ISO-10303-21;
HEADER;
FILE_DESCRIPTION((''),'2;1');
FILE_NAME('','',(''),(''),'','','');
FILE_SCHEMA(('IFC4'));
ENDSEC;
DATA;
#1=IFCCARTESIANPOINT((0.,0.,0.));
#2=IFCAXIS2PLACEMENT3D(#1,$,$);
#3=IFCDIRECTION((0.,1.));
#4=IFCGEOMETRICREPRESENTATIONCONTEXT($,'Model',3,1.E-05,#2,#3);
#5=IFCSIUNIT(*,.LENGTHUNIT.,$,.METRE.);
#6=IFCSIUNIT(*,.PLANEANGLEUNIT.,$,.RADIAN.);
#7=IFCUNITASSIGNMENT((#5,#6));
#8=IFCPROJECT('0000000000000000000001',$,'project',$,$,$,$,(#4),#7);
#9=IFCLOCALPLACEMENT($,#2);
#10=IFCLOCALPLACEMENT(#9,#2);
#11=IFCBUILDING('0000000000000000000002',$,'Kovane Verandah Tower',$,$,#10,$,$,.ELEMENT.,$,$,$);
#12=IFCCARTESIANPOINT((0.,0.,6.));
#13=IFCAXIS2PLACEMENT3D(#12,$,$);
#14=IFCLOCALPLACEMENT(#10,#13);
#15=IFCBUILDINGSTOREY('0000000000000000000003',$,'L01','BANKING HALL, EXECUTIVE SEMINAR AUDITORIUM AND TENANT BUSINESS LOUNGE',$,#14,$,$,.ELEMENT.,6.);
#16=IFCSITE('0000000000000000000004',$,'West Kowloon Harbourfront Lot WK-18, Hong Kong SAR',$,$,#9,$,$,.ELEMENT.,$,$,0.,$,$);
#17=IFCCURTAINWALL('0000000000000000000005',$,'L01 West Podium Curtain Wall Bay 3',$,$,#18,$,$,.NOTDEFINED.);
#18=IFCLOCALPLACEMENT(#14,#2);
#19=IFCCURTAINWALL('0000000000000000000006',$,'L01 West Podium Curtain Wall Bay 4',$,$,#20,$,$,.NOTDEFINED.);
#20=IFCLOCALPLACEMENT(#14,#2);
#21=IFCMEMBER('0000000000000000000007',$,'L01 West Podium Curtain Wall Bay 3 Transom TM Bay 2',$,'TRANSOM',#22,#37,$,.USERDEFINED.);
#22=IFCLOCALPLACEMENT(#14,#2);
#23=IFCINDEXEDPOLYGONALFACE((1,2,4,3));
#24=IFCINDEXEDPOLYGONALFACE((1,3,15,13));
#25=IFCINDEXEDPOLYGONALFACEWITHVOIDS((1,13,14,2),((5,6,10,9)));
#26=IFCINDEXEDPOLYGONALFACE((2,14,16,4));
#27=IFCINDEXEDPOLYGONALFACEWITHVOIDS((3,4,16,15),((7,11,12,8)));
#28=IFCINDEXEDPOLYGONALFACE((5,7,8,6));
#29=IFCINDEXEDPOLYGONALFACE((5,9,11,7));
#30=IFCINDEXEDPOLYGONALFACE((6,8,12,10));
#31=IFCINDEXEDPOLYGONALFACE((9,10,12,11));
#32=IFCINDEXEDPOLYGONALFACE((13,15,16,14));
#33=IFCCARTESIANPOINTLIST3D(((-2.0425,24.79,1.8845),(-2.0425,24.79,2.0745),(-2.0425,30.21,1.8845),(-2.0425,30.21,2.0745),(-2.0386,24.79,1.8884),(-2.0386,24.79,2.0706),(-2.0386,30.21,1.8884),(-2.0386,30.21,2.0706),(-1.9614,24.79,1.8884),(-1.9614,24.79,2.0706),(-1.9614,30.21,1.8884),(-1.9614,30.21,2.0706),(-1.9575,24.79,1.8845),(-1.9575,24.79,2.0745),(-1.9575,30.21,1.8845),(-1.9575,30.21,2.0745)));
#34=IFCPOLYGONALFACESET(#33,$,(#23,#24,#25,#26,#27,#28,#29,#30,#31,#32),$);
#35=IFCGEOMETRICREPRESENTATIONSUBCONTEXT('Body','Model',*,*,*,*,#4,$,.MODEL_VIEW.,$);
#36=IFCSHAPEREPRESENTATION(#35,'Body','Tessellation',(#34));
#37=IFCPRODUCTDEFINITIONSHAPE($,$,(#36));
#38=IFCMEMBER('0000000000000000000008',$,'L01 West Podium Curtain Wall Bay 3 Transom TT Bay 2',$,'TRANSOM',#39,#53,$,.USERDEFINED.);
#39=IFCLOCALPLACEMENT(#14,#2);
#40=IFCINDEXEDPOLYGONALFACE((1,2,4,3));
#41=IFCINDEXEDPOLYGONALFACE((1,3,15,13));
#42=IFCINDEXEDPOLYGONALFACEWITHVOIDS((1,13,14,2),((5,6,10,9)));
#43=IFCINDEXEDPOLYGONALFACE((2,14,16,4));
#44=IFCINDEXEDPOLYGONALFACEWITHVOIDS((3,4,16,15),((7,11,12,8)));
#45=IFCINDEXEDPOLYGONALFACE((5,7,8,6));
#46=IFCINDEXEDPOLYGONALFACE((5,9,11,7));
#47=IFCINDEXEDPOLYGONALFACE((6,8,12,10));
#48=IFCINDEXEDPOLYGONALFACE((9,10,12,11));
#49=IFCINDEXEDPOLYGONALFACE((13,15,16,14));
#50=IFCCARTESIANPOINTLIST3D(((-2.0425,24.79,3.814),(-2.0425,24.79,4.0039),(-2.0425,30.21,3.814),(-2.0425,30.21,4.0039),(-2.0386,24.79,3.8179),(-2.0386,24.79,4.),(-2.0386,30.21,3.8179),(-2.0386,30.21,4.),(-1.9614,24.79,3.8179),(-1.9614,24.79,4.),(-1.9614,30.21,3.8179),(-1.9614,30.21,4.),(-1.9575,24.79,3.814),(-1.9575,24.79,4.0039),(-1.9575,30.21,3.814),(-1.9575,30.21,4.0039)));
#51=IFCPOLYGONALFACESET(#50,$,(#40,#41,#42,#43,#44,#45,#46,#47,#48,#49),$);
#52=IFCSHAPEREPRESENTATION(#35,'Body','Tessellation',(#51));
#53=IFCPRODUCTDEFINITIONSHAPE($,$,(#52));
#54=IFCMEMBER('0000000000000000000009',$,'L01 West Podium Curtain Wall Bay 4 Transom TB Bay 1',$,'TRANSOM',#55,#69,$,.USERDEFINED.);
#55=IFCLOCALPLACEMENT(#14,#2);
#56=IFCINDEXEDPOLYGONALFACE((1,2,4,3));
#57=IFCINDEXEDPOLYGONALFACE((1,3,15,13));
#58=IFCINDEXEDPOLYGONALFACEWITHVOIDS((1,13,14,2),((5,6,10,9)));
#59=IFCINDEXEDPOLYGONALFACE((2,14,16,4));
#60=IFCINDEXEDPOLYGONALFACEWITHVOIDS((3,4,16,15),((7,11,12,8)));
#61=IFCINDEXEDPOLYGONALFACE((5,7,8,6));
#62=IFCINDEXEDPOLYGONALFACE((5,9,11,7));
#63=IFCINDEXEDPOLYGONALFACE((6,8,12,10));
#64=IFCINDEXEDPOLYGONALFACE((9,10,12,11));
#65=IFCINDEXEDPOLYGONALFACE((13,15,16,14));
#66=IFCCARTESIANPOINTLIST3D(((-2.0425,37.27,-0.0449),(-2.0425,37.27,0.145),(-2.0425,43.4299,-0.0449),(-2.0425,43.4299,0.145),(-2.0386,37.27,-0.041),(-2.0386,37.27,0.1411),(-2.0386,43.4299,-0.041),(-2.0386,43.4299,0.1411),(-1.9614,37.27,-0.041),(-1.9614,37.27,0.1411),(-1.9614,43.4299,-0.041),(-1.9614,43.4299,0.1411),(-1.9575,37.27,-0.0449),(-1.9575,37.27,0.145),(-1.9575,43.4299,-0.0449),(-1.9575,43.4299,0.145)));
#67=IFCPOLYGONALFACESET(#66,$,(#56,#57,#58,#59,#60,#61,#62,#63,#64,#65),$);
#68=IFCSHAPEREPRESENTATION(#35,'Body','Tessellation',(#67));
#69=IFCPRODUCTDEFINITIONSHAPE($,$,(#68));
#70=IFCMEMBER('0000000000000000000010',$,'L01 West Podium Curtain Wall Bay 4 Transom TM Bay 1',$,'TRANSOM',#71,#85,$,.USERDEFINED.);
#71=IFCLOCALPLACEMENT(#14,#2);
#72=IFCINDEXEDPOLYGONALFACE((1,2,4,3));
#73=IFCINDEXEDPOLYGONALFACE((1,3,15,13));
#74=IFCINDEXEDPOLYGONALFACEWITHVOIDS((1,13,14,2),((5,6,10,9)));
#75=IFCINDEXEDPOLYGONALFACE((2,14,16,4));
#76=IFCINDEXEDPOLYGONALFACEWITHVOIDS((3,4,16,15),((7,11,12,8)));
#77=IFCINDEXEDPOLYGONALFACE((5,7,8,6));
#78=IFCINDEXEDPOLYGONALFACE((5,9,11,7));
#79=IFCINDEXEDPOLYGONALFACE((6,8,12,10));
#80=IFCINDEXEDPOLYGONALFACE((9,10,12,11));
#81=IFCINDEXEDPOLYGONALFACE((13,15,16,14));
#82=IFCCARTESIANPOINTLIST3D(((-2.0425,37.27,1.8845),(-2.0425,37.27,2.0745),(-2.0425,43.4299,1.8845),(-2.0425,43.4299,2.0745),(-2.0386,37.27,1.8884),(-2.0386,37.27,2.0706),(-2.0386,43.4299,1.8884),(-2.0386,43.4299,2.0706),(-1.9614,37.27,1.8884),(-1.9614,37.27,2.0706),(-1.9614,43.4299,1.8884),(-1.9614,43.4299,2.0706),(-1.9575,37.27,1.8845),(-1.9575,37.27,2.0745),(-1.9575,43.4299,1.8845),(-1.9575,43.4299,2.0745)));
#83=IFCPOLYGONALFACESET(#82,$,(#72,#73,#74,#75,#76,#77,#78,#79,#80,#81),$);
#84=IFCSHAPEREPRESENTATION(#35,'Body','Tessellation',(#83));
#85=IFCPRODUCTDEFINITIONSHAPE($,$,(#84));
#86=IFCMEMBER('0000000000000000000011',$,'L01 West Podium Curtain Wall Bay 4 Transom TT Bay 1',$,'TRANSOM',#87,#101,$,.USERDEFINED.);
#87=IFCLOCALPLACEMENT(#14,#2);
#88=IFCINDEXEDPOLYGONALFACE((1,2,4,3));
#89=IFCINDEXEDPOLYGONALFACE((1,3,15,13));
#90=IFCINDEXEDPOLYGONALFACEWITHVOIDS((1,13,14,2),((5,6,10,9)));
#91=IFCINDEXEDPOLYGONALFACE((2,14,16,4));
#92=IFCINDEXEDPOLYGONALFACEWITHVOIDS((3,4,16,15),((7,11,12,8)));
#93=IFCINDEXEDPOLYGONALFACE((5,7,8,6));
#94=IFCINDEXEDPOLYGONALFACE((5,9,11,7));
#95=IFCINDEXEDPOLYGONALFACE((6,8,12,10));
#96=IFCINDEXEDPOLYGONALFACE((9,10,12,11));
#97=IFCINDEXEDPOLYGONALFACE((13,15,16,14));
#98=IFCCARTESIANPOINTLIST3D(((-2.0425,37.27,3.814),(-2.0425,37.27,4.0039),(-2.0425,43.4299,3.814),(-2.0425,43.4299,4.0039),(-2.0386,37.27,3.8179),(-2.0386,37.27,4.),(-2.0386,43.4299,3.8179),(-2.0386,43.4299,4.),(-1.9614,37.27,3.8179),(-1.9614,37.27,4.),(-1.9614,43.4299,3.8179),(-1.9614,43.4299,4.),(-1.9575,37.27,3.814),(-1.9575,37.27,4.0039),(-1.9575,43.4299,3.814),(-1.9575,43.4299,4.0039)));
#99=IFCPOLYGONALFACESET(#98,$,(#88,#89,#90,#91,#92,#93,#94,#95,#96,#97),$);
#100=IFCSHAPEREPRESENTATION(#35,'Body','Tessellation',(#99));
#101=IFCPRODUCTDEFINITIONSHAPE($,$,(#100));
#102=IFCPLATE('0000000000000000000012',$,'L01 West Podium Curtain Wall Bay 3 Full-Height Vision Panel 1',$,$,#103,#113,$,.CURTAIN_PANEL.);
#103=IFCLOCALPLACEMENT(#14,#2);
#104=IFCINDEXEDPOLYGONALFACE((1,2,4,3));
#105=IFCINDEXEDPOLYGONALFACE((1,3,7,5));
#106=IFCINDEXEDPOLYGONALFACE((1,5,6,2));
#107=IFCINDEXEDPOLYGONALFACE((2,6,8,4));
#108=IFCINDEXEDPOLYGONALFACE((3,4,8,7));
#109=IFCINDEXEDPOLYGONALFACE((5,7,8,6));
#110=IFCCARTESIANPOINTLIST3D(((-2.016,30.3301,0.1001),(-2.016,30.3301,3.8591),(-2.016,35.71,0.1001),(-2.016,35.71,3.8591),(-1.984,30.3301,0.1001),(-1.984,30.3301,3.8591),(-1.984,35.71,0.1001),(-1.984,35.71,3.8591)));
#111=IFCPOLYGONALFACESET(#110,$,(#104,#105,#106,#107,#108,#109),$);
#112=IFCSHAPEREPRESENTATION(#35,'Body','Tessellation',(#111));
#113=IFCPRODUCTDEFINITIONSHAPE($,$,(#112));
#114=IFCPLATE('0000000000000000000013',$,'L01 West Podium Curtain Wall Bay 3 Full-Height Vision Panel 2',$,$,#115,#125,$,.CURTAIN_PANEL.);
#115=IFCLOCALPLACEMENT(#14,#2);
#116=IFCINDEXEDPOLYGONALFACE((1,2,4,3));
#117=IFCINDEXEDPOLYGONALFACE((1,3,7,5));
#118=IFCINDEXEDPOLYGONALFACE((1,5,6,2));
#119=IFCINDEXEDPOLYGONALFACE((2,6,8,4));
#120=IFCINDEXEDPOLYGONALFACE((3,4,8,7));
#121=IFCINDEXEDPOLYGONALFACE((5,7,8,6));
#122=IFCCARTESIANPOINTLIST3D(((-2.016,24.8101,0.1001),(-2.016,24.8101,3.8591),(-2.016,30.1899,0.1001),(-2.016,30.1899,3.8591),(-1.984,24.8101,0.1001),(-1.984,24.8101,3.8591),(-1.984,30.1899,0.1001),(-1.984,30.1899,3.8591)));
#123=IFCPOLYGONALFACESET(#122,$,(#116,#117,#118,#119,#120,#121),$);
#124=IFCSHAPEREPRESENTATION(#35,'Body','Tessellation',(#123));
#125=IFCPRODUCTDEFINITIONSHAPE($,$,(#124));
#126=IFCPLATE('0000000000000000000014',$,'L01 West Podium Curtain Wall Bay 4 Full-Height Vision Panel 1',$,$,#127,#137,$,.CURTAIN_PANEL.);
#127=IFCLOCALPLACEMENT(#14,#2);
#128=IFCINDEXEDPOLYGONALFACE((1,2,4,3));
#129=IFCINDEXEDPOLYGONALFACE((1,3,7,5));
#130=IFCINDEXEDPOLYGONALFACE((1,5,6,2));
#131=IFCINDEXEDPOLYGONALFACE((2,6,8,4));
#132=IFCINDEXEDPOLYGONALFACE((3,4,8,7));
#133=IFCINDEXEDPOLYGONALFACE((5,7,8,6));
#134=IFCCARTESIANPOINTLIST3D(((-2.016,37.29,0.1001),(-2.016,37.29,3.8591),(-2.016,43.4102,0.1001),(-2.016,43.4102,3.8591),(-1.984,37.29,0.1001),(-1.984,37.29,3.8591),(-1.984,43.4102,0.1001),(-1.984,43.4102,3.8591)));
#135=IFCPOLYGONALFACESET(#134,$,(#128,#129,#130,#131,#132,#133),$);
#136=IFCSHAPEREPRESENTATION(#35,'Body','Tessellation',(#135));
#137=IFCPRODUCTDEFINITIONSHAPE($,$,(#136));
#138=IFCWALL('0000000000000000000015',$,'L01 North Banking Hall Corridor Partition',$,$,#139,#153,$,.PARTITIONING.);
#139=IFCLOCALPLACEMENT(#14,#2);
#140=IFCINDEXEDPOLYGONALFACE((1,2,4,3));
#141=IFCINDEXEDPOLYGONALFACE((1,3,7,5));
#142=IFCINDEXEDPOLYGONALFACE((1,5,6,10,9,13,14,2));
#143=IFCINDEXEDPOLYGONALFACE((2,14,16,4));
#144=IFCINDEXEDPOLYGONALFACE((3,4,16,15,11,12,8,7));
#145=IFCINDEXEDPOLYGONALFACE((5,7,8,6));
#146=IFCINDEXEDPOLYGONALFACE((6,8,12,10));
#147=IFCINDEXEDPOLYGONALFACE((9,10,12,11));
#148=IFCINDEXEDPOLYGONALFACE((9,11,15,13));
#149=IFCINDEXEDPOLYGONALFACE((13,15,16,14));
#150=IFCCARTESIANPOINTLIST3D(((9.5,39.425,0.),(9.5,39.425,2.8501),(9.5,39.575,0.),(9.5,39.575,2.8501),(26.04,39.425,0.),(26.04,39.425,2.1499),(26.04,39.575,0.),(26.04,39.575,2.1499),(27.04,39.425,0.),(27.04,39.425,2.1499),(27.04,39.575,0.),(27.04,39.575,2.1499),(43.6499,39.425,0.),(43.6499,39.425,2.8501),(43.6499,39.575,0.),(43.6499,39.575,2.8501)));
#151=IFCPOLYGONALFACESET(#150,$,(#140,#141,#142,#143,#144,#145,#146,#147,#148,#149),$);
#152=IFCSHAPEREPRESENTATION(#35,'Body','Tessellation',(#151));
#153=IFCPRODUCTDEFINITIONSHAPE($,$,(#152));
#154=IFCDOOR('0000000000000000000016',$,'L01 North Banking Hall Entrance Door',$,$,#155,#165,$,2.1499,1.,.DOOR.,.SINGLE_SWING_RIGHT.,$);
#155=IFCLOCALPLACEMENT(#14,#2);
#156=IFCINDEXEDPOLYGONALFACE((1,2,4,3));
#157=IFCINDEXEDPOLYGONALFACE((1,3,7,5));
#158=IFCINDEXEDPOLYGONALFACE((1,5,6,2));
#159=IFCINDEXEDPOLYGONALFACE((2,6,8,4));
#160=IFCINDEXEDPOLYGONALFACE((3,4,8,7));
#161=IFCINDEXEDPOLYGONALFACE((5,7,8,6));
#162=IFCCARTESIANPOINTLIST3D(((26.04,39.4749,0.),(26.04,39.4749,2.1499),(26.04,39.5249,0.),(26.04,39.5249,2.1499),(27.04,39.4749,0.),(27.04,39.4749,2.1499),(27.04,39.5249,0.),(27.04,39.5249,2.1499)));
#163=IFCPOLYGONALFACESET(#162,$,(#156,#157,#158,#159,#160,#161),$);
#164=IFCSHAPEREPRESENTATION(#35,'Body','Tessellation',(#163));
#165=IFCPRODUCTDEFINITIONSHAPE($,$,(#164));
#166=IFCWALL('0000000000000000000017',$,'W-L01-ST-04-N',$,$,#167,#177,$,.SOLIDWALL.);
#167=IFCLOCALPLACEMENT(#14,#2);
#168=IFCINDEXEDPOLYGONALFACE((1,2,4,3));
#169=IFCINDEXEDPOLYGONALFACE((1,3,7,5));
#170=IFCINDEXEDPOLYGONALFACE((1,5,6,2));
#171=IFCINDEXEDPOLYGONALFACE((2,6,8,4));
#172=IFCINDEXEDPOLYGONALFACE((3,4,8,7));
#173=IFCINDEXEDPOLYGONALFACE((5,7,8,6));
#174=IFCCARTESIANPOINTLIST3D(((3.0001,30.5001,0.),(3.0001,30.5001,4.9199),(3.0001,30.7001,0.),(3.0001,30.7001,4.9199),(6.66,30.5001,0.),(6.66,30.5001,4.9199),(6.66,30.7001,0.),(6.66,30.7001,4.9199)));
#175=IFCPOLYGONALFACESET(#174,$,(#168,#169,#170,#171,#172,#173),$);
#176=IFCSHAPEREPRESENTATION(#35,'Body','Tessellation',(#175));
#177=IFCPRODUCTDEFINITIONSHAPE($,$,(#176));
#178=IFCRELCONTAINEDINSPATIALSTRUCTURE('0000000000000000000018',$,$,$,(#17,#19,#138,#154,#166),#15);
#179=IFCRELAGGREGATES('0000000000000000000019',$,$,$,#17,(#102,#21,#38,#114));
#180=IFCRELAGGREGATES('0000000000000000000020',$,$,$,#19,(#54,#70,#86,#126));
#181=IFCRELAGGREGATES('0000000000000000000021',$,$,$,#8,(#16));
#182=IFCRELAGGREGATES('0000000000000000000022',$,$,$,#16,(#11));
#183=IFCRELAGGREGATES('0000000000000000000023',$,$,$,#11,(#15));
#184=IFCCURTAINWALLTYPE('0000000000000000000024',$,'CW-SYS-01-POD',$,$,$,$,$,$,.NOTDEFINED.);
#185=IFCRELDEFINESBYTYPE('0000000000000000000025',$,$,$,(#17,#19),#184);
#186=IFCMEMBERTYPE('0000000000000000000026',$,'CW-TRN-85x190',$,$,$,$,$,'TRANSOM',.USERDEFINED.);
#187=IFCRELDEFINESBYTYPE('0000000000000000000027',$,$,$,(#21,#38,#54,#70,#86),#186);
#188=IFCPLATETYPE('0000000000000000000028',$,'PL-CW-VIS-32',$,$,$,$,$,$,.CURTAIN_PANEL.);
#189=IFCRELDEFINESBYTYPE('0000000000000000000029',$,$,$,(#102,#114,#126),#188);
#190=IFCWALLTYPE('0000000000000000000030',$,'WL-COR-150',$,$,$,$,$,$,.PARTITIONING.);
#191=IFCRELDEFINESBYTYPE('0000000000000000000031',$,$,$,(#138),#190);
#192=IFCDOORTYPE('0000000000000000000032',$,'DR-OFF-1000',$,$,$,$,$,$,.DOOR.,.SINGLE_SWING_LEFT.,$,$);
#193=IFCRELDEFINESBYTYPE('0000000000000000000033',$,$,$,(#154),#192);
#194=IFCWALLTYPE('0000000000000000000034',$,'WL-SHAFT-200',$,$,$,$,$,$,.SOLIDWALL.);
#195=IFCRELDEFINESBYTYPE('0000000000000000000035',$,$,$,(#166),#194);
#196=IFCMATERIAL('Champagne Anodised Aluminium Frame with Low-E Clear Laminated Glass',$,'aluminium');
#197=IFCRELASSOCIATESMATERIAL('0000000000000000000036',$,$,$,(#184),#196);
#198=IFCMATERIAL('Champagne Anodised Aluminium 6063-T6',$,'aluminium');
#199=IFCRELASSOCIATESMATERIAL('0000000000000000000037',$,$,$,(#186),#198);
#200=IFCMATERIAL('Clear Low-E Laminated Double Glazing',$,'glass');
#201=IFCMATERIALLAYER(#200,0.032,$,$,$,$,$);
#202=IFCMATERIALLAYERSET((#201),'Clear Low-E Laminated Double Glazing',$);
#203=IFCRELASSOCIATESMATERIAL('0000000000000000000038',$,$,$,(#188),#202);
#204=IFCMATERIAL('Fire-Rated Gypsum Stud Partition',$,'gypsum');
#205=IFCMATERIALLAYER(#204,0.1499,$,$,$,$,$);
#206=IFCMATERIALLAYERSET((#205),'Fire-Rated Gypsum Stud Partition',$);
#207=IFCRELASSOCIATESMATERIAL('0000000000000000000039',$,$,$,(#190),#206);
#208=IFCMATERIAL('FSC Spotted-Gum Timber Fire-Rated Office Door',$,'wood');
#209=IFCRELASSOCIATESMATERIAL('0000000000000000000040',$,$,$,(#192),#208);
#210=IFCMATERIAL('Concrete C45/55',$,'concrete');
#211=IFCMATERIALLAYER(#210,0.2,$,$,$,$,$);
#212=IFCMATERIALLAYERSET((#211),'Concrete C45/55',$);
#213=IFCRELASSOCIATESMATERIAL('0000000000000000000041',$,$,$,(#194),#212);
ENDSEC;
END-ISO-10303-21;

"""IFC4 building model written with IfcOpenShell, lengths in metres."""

from ifc_helpers import new_model, si_unit, direction, frame, frame_2d, origin, origin_2d, place, context, subcontext, project, spatial, rectangle, hollow_rectangle, extrude, material, layer, layer_set, material_profile, profile_set, type_object, element, fill, aggregate, save


model = new_model("IFC4")

# Units and contexts
model_context = context("Model", 3, precision=1e-05, world=origin(), true_north=direction((0.0, 1.0)))
body_context = subcontext(model_context, "Body", "Model", "MODEL_VIEW")
ifc_project = project(units=[si_unit("LENGTHUNIT", "METRE"), si_unit("PLANEANGLEUNIT", "RADIAN")], contexts=[model_context])

# Site, building, storey
site_placement = place(None, origin())
site = spatial("IfcSite", under=ifc_project, at=site_placement, Name="West Kowloon Harbourfront Lot WK-18, Hong Kong SAR", CompositionType="ELEMENT", RefElevation=0.0)
building_placement = place(site_placement, origin())
building = spatial("IfcBuilding", under=site, at=building_placement, Name="Kovane Verandah Tower", CompositionType="ELEMENT")
storey_placement = place(building_placement, frame((0.0, 0.0, 6.0)))
storey = spatial("IfcBuildingStorey", under=building, at=storey_placement, Name="L01", Description="BANKING HALL, EXECUTIVE SEMINAR AUDITORIUM AND TENANT BUSINESS LOUNGE", CompositionType="ELEMENT", Elevation=6.0)

# Curtain walls
ifc_material_1 = material(Name="Champagne Anodised Aluminium Frame with Low-E Clear Laminated Glass", Category="aluminium")
curtain_wall_type = type_object("IfcCurtainWallType", Name="CW-SYS-01-POD", PredefinedType="NOTDEFINED", material=ifc_material_1)
curtain_wall_1_placement = place(storey_placement, origin())
curtain_wall_1 = element("IfcCurtainWall", 1, at=curtain_wall_1_placement, inside=storey, type_object=curtain_wall_type, Name="L01 West Podium Curtain Wall Bay 3", PredefinedType="NOTDEFINED")
ifc_material_2 = material(Name="Champagne Anodised Aluminium 6063-T6", Category="aluminium")
curtain_wall_2_placement = place(storey_placement, origin())
curtain_wall_2 = element("IfcCurtainWall", 2, at=curtain_wall_2_placement, inside=storey, type_object=curtain_wall_type, Name="L01 West Podium Curtain Wall Bay 4", PredefinedType="NOTDEFINED")

# Members
ifc_material_profile_1 = material_profile(ifc_material_2, hollow_rectangle(XDim=0.085, YDim=0.1899, WallThickness=0.0039, at=origin_2d()), Name="AL85x190x4")
ifc_profile_set_1 = profile_set([ifc_material_profile_1], Name="Champagne Anodised Aluminium 6063-T6")
member_type_1 = type_object("IfcMemberType", Name="CW-TRN-85x190", ElementType="TRANSOM", PredefinedType="USERDEFINED", material=ifc_profile_set_1)
member_1_placement = place(storey_placement, frame((-2.0, 30.21, 1.9795), z_axis=(0.0, -1.0, 0.0), x_axis=(1.0, 0.0, 0.0)))
member_1 = element("IfcMember", 3, at=member_1_placement, type_object=member_type_1, Name="L01 West Podium Curtain Wall Bay 3 Transom TM Bay 2", ObjectType="TRANSOM", PredefinedType="USERDEFINED", context=body_context, shape_type="SweptSolid", body=[
    extrude(hollow_rectangle(XDim=0.085, YDim=0.1899, WallThickness=0.0039, at=origin_2d()), origin(), (0.0, 0.0, 1.0), 5.4199),
])
member_2_placement = place(storey_placement, frame((-2.0, 30.21, 3.9089), z_axis=(0.0, -1.0, 0.0), x_axis=(1.0, 0.0, 0.0)))
member_2 = element("IfcMember", 4, at=member_2_placement, type_object=member_type_1, Name="L01 West Podium Curtain Wall Bay 3 Transom TT Bay 2", ObjectType="TRANSOM", PredefinedType="USERDEFINED", context=body_context, shape_type="SweptSolid", body=[
    extrude(hollow_rectangle(XDim=0.085, YDim=0.1899, WallThickness=0.0039, at=origin_2d()), origin(), (0.0, 0.0, 1.0), 5.4199),
])
member_3_placement = place(storey_placement, frame((-2.0, 43.4299, 0.05), z_axis=(0.0, -1.0, 0.0), x_axis=(1.0, 0.0, 0.0)))
member_3 = element("IfcMember", 5, at=member_3_placement, type_object=member_type_1, Name="L01 West Podium Curtain Wall Bay 4 Transom TB Bay 1", ObjectType="TRANSOM", PredefinedType="USERDEFINED", context=body_context, shape_type="SweptSolid", body=[
    extrude(hollow_rectangle(XDim=0.085, YDim=0.1899, WallThickness=0.0039, at=origin_2d()), origin(), (0.0, 0.0, 1.0), 6.1599),
])
member_4_placement = place(storey_placement, frame((-2.0, 43.4299, 1.9795), z_axis=(0.0, -1.0, 0.0), x_axis=(1.0, 0.0, 0.0)))
member_4 = element("IfcMember", 6, at=member_4_placement, type_object=member_type_1, Name="L01 West Podium Curtain Wall Bay 4 Transom TM Bay 1", ObjectType="TRANSOM", PredefinedType="USERDEFINED", context=body_context, shape_type="SweptSolid", body=[
    extrude(hollow_rectangle(XDim=0.085, YDim=0.1899, WallThickness=0.0039, at=origin_2d()), origin(), (0.0, 0.0, 1.0), 6.1599),
])
member_5_placement = place(storey_placement, frame((-2.0, 43.4299, 3.9089), z_axis=(0.0, -1.0, 0.0), x_axis=(1.0, 0.0, 0.0)))
member_5 = element("IfcMember", 7, at=member_5_placement, type_object=member_type_1, Name="L01 West Podium Curtain Wall Bay 4 Transom TT Bay 1", ObjectType="TRANSOM", PredefinedType="USERDEFINED", context=body_context, shape_type="SweptSolid", body=[
    extrude(hollow_rectangle(XDim=0.085, YDim=0.1899, WallThickness=0.0039, at=origin_2d()), origin(), (0.0, 0.0, 1.0), 6.1599),
])

# Plates
ifc_material_3 = material(Name="Clear Low-E Laminated Double Glazing", Category="glass")
ifc_layer_1 = layer(ifc_material_3, 0.032)
ifc_layer_set_1 = layer_set([ifc_layer_1], Name="Clear Low-E Laminated Double Glazing")
plate_type = type_object("IfcPlateType", Name="PL-CW-VIS-32", PredefinedType="CURTAIN_PANEL", material=ifc_layer_set_1)
plate_1_placement = place(storey_placement, frame((-2.0, 33.02, 0.1001), z_axis=(0.0, 0.0, 1.0), x_axis=(0.0, -1.0, 0.0)))
plate_1 = element("IfcPlate", 8, at=plate_1_placement, type_object=plate_type, Name="L01 West Podium Curtain Wall Bay 3 Full-Height Vision Panel 1", PredefinedType="CURTAIN_PANEL", context=body_context, shape_type="SweptSolid", body=[
    extrude(rectangle(XDim=5.3799, YDim=0.032, at=origin_2d()), origin(), (0.0, 0.0, 1.0), 3.759),
])
plate_2_placement = place(storey_placement, frame((-2.0, 27.5, 0.1001), z_axis=(0.0, 0.0, 1.0), x_axis=(0.0, -1.0, 0.0)))
plate_2 = element("IfcPlate", 9, at=plate_2_placement, type_object=plate_type, Name="L01 West Podium Curtain Wall Bay 3 Full-Height Vision Panel 2", PredefinedType="CURTAIN_PANEL", context=body_context, shape_type="SweptSolid", body=[
    extrude(rectangle(XDim=5.3799, YDim=0.032, at=origin_2d()), origin(), (0.0, 0.0, 1.0), 3.759),
])
aggregate(curtain_wall_1, [plate_1, member_1, member_2, plate_2])
plate_3_placement = place(storey_placement, frame((-2.0, 40.3501, 0.1001), z_axis=(0.0, 0.0, 1.0), x_axis=(0.0, -1.0, 0.0)))
plate_3 = element("IfcPlate", 10, at=plate_3_placement, type_object=plate_type, Name="L01 West Podium Curtain Wall Bay 4 Full-Height Vision Panel 1", PredefinedType="CURTAIN_PANEL", context=body_context, shape_type="SweptSolid", body=[
    extrude(rectangle(XDim=6.1201, YDim=0.032, at=origin_2d()), origin(), (0.0, 0.0, 1.0), 3.759),
])
aggregate(curtain_wall_2, [member_3, member_4, member_5, plate_3])

# Wall, opening, door
ifc_material_4 = material(Name="Fire-Rated Gypsum Stud Partition", Category="gypsum")
ifc_layer_2 = layer(ifc_material_4, 0.1499)
ifc_layer_set_2 = layer_set([ifc_layer_2], Name="Fire-Rated Gypsum Stud Partition")
wall_type_1 = type_object("IfcWallType", Name="WL-COR-150", PredefinedType="PARTITIONING", material=ifc_layer_set_2)
wall_1_placement = place(storey_placement, frame((9.5, 39.5, 0.0), z_axis=(0.0, 0.0, 1.0), x_axis=(1.0, 0.0, 0.0)))
wall_1 = element("IfcWall", 11, at=wall_1_placement, inside=storey, type_object=wall_type_1, Name="L01 North Banking Hall Corridor Partition", PredefinedType="PARTITIONING", context=body_context, shape_type="SweptSolid", body=[
    extrude(rectangle(XDim=34.1499, YDim=0.1499, at=frame_2d((17.075, 0.0))), origin(), (0.0, 0.0, 1.0), 2.8501),
])
opening_placement = place(wall_1_placement, frame((16.54, 0.0, 0.0)))
opening = element("IfcOpeningElement", 12, at=opening_placement, cuts=wall_1, PredefinedType="OPENING", context=body_context, shape_type="SweptSolid", body=[
    extrude(rectangle(XDim=1.0, YDim=2.1499, at=frame_2d((0.5, 1.075))), frame((0.0, 0.075, 0.0), z_axis=(0.0, -1.0, 0.0), x_axis=(1.0, 0.0, 0.0)), (0.0, 0.0, 1.0), 0.1499),
])
ifc_material_5 = material(Name="FSC Spotted-Gum Timber Fire-Rated Office Door", Category="wood")
door_type = type_object("IfcDoorType", Name="DR-OFF-1000", OperationType="SINGLE_SWING_LEFT", PredefinedType="DOOR", material=ifc_material_5)
door_placement = place(opening_placement, origin())
door = element("IfcDoor", 13, at=door_placement, inside=storey, type_object=door_type, Name="L01 North Banking Hall Entrance Door", OperationType="SINGLE_SWING_RIGHT", OverallHeight=2.1499, OverallWidth=1.0, PredefinedType="DOOR", context=body_context, shape_type="SweptSolid", body=[
    extrude(rectangle(XDim=1.0, YDim=2.1499, at=frame_2d((0.5, 1.075))), frame((0.0, 0.0249, 0.0), z_axis=(0.0, -1.0, 0.0), x_axis=(1.0, 0.0, 0.0)), (0.0, 0.0, 1.0), 0.05),
])
fill(opening, door)

# Wall
ifc_material_6 = material(Name="Concrete C45/55", Category="concrete")
ifc_layer_3 = layer(ifc_material_6, 0.2)
ifc_layer_set_3 = layer_set([ifc_layer_3], Name="Concrete C45/55")
wall_type_2 = type_object("IfcWallType", Name="WL-SHAFT-200", PredefinedType="SOLIDWALL", material=ifc_layer_set_3)
wall_2_placement = place(storey_placement, frame((3.0, 30.6001, 0.0), z_axis=(0.0, 0.0, 1.0), x_axis=(1.0, 0.0, 0.0)))
element("IfcWall", 14, at=wall_2_placement, inside=storey, type_object=wall_type_2, Name="W-L01-ST-04-N", PredefinedType="SOLIDWALL", context=body_context, shape_type="SweptSolid", body=[
    extrude(rectangle(XDim=3.6599, YDim=0.2, at=frame_2d((1.8301, 0.0))), origin(), (0.0, 0.0, 1.0), 4.9199),
])

save(model, "model.ifc")
